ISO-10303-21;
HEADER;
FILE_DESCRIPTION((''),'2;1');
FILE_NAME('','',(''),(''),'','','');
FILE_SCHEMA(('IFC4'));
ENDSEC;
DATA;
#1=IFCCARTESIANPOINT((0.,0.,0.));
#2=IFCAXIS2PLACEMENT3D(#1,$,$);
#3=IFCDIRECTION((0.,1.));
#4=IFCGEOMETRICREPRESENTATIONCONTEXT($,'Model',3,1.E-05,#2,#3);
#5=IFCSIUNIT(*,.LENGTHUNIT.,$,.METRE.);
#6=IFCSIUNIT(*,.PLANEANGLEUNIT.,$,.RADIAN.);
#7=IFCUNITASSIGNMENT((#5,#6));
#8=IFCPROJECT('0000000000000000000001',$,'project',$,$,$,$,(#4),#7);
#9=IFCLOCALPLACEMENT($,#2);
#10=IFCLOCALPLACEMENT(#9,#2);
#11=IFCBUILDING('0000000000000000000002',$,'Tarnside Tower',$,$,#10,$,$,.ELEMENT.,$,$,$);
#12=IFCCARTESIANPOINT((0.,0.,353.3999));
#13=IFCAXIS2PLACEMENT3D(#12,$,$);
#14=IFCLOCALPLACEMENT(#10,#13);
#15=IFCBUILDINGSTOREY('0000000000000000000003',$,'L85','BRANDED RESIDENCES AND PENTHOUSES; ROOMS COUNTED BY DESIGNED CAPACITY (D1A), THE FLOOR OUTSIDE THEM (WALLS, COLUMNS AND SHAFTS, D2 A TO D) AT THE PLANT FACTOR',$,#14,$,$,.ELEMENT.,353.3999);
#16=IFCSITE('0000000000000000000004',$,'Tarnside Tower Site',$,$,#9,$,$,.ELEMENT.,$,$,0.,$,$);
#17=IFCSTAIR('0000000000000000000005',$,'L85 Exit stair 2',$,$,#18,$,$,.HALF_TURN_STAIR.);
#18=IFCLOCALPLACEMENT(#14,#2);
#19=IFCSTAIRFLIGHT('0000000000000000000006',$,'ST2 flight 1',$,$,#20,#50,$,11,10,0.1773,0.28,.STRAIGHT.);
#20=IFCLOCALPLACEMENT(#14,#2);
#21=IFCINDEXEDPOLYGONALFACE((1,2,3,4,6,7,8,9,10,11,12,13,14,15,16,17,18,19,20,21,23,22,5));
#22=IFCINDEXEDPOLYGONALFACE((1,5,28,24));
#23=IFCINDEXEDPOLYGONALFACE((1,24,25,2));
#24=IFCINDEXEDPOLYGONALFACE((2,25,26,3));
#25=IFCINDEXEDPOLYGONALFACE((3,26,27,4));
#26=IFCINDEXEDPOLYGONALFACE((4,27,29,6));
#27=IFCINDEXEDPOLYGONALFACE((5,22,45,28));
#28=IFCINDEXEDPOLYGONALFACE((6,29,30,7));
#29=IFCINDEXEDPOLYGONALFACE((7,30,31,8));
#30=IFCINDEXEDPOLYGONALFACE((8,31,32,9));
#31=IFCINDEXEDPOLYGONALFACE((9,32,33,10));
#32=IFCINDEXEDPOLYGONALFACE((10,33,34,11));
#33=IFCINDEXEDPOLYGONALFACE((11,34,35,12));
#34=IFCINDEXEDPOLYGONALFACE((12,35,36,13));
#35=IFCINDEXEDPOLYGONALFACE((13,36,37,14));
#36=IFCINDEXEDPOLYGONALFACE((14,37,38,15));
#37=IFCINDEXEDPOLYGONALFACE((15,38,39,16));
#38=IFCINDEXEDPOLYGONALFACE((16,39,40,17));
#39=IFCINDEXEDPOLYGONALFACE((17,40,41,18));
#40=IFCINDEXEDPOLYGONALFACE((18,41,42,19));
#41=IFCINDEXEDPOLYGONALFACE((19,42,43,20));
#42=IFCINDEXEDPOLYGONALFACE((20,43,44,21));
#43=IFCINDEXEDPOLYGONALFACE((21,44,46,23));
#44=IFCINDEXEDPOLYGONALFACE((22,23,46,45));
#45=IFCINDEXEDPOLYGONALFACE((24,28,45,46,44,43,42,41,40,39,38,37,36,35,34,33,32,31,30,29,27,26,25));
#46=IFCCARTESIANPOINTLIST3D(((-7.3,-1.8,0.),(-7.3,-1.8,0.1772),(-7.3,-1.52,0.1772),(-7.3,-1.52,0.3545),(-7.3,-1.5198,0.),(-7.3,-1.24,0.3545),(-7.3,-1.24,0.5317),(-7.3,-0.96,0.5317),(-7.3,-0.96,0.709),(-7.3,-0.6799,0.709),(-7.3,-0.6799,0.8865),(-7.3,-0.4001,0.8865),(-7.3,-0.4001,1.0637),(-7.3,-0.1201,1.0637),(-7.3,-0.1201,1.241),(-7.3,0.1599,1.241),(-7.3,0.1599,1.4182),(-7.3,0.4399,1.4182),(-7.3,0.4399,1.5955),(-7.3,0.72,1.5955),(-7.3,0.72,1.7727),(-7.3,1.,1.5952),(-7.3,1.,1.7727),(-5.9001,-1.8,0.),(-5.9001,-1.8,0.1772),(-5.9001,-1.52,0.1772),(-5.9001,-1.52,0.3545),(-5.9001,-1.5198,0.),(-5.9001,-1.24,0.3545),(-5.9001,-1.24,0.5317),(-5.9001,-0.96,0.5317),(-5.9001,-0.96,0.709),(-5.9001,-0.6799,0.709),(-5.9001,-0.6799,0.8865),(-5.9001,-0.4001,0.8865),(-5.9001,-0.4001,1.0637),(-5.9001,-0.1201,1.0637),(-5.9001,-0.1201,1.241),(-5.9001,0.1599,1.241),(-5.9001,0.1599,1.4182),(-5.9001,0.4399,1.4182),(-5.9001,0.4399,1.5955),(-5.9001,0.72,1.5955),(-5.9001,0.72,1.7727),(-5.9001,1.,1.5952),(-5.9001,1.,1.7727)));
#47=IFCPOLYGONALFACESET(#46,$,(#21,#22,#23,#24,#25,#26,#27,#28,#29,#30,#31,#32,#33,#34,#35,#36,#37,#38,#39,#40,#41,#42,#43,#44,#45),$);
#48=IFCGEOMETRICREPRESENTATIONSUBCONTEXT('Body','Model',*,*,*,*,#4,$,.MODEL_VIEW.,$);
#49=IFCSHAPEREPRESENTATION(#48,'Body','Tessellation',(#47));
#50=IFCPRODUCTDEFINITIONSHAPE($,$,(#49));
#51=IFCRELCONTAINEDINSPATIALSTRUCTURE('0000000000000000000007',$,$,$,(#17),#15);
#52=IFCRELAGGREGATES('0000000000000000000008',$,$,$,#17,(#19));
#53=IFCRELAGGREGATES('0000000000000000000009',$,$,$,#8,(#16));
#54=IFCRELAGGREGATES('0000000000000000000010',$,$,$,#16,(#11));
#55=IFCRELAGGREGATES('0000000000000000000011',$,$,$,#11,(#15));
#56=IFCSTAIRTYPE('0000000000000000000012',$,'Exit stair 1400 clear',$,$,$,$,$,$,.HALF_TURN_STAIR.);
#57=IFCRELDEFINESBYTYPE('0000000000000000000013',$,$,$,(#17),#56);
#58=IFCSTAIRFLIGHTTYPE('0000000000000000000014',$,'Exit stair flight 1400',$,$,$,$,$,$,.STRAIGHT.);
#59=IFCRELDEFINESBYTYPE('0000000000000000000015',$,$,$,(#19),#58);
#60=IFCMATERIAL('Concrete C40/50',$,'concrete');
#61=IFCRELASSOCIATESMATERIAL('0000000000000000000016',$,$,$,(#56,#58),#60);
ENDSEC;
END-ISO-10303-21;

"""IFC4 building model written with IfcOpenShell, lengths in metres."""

from ifc_helpers import new_model, si_unit, direction, frame, origin, place, context, subcontext, project, spatial, polyline, outline, extrude, material, type_object, element, aggregate, save


model = new_model("IFC4")

# Units and contexts
model_context = context("Model", 3, precision=1e-05, world=origin(), true_north=direction((0.0, 1.0)))
body_context = subcontext(model_context, "Body", "Model", "MODEL_VIEW")
ifc_project = project(units=[si_unit("LENGTHUNIT", "METRE"), si_unit("PLANEANGLEUNIT", "RADIAN")], contexts=[model_context])

# Site, building, storey
site_placement = place(None, origin())
site = spatial("IfcSite", under=ifc_project, at=site_placement, Name="Tarnside Tower Site", CompositionType="ELEMENT", RefElevation=0.0)
building_placement = place(site_placement, origin())
building = spatial("IfcBuilding", under=site, at=building_placement, Name="Tarnside Tower", CompositionType="ELEMENT")
storey_placement = place(building_placement, frame((0.0, 0.0, 353.3999)))
storey = spatial("IfcBuildingStorey", under=building, at=storey_placement, Name="L85", Description="BRANDED RESIDENCES AND PENTHOUSES; ROOMS COUNTED BY DESIGNED CAPACITY (D1A), THE FLOOR OUTSIDE THEM (WALLS, COLUMNS AND SHAFTS, D2 A TO D) AT THE PLANT FACTOR", CompositionType="ELEMENT", Elevation=353.3999)

# Shared definitions
ifc_material_1 = material(Name="Concrete C40/50", Category="concrete")

# Stair, stair flight
stair_type = type_object("IfcStairType", Name="Exit stair 1400 clear", PredefinedType="HALF_TURN_STAIR", material=ifc_material_1)
stair_placement = place(storey_placement, origin())
stair = element("IfcStair", 1, at=stair_placement, inside=storey, type_object=stair_type, Name="L85 Exit stair 2", PredefinedType="HALF_TURN_STAIR")
stair_flight_type = type_object("IfcStairFlightType", Name="Exit stair flight 1400", PredefinedType="STRAIGHT", material=ifc_material_1)
stair_flight_placement = place(storey_placement, frame((-6.6001, -1.8, 0.0), z_axis=(0.0, 0.0, 1.0), x_axis=(0.0, 1.0, 0.0)))
stair_flight = element("IfcStairFlight", 2, at=stair_flight_placement, type_object=stair_flight_type, Name="ST2 flight 1", NumberOfRisers=11, NumberOfTreads=10, PredefinedType="STRAIGHT", RiserHeight=0.1773, TreadLength=0.28, context=body_context, shape_type="SweptSolid", body=[
    extrude(outline(polyline([(0.0, 0.0), (0.0, 0.1772), (0.28, 0.1772), (0.28, 0.3545), (0.5601, 0.3545), (0.5601, 0.5317), (0.8401, 0.5317), (0.8401, 0.709), (1.1201, 0.709), (1.1201, 0.8865), (1.3999, 0.8865), (1.3999, 1.0637), (1.6799, 1.0637), (1.6799, 1.241), (1.96, 1.241), (1.96, 1.4182), (2.24, 1.4182), (2.24, 1.5955), (2.52, 1.5955), (2.52, 1.7727), (2.8, 1.7727), (2.8, 1.95), (2.8, 1.5952), (0.2803, 0.0), (0.0, 0.0)])), frame((0.0, 0.7, 0.0), z_axis=(0.0, -1.0, 0.0), x_axis=(1.0, 0.0, 0.0)), (0.0, 0.0, 1.0), 1.3999),
])
aggregate(stair, [stair_flight])

save(model, "model.ifc")
